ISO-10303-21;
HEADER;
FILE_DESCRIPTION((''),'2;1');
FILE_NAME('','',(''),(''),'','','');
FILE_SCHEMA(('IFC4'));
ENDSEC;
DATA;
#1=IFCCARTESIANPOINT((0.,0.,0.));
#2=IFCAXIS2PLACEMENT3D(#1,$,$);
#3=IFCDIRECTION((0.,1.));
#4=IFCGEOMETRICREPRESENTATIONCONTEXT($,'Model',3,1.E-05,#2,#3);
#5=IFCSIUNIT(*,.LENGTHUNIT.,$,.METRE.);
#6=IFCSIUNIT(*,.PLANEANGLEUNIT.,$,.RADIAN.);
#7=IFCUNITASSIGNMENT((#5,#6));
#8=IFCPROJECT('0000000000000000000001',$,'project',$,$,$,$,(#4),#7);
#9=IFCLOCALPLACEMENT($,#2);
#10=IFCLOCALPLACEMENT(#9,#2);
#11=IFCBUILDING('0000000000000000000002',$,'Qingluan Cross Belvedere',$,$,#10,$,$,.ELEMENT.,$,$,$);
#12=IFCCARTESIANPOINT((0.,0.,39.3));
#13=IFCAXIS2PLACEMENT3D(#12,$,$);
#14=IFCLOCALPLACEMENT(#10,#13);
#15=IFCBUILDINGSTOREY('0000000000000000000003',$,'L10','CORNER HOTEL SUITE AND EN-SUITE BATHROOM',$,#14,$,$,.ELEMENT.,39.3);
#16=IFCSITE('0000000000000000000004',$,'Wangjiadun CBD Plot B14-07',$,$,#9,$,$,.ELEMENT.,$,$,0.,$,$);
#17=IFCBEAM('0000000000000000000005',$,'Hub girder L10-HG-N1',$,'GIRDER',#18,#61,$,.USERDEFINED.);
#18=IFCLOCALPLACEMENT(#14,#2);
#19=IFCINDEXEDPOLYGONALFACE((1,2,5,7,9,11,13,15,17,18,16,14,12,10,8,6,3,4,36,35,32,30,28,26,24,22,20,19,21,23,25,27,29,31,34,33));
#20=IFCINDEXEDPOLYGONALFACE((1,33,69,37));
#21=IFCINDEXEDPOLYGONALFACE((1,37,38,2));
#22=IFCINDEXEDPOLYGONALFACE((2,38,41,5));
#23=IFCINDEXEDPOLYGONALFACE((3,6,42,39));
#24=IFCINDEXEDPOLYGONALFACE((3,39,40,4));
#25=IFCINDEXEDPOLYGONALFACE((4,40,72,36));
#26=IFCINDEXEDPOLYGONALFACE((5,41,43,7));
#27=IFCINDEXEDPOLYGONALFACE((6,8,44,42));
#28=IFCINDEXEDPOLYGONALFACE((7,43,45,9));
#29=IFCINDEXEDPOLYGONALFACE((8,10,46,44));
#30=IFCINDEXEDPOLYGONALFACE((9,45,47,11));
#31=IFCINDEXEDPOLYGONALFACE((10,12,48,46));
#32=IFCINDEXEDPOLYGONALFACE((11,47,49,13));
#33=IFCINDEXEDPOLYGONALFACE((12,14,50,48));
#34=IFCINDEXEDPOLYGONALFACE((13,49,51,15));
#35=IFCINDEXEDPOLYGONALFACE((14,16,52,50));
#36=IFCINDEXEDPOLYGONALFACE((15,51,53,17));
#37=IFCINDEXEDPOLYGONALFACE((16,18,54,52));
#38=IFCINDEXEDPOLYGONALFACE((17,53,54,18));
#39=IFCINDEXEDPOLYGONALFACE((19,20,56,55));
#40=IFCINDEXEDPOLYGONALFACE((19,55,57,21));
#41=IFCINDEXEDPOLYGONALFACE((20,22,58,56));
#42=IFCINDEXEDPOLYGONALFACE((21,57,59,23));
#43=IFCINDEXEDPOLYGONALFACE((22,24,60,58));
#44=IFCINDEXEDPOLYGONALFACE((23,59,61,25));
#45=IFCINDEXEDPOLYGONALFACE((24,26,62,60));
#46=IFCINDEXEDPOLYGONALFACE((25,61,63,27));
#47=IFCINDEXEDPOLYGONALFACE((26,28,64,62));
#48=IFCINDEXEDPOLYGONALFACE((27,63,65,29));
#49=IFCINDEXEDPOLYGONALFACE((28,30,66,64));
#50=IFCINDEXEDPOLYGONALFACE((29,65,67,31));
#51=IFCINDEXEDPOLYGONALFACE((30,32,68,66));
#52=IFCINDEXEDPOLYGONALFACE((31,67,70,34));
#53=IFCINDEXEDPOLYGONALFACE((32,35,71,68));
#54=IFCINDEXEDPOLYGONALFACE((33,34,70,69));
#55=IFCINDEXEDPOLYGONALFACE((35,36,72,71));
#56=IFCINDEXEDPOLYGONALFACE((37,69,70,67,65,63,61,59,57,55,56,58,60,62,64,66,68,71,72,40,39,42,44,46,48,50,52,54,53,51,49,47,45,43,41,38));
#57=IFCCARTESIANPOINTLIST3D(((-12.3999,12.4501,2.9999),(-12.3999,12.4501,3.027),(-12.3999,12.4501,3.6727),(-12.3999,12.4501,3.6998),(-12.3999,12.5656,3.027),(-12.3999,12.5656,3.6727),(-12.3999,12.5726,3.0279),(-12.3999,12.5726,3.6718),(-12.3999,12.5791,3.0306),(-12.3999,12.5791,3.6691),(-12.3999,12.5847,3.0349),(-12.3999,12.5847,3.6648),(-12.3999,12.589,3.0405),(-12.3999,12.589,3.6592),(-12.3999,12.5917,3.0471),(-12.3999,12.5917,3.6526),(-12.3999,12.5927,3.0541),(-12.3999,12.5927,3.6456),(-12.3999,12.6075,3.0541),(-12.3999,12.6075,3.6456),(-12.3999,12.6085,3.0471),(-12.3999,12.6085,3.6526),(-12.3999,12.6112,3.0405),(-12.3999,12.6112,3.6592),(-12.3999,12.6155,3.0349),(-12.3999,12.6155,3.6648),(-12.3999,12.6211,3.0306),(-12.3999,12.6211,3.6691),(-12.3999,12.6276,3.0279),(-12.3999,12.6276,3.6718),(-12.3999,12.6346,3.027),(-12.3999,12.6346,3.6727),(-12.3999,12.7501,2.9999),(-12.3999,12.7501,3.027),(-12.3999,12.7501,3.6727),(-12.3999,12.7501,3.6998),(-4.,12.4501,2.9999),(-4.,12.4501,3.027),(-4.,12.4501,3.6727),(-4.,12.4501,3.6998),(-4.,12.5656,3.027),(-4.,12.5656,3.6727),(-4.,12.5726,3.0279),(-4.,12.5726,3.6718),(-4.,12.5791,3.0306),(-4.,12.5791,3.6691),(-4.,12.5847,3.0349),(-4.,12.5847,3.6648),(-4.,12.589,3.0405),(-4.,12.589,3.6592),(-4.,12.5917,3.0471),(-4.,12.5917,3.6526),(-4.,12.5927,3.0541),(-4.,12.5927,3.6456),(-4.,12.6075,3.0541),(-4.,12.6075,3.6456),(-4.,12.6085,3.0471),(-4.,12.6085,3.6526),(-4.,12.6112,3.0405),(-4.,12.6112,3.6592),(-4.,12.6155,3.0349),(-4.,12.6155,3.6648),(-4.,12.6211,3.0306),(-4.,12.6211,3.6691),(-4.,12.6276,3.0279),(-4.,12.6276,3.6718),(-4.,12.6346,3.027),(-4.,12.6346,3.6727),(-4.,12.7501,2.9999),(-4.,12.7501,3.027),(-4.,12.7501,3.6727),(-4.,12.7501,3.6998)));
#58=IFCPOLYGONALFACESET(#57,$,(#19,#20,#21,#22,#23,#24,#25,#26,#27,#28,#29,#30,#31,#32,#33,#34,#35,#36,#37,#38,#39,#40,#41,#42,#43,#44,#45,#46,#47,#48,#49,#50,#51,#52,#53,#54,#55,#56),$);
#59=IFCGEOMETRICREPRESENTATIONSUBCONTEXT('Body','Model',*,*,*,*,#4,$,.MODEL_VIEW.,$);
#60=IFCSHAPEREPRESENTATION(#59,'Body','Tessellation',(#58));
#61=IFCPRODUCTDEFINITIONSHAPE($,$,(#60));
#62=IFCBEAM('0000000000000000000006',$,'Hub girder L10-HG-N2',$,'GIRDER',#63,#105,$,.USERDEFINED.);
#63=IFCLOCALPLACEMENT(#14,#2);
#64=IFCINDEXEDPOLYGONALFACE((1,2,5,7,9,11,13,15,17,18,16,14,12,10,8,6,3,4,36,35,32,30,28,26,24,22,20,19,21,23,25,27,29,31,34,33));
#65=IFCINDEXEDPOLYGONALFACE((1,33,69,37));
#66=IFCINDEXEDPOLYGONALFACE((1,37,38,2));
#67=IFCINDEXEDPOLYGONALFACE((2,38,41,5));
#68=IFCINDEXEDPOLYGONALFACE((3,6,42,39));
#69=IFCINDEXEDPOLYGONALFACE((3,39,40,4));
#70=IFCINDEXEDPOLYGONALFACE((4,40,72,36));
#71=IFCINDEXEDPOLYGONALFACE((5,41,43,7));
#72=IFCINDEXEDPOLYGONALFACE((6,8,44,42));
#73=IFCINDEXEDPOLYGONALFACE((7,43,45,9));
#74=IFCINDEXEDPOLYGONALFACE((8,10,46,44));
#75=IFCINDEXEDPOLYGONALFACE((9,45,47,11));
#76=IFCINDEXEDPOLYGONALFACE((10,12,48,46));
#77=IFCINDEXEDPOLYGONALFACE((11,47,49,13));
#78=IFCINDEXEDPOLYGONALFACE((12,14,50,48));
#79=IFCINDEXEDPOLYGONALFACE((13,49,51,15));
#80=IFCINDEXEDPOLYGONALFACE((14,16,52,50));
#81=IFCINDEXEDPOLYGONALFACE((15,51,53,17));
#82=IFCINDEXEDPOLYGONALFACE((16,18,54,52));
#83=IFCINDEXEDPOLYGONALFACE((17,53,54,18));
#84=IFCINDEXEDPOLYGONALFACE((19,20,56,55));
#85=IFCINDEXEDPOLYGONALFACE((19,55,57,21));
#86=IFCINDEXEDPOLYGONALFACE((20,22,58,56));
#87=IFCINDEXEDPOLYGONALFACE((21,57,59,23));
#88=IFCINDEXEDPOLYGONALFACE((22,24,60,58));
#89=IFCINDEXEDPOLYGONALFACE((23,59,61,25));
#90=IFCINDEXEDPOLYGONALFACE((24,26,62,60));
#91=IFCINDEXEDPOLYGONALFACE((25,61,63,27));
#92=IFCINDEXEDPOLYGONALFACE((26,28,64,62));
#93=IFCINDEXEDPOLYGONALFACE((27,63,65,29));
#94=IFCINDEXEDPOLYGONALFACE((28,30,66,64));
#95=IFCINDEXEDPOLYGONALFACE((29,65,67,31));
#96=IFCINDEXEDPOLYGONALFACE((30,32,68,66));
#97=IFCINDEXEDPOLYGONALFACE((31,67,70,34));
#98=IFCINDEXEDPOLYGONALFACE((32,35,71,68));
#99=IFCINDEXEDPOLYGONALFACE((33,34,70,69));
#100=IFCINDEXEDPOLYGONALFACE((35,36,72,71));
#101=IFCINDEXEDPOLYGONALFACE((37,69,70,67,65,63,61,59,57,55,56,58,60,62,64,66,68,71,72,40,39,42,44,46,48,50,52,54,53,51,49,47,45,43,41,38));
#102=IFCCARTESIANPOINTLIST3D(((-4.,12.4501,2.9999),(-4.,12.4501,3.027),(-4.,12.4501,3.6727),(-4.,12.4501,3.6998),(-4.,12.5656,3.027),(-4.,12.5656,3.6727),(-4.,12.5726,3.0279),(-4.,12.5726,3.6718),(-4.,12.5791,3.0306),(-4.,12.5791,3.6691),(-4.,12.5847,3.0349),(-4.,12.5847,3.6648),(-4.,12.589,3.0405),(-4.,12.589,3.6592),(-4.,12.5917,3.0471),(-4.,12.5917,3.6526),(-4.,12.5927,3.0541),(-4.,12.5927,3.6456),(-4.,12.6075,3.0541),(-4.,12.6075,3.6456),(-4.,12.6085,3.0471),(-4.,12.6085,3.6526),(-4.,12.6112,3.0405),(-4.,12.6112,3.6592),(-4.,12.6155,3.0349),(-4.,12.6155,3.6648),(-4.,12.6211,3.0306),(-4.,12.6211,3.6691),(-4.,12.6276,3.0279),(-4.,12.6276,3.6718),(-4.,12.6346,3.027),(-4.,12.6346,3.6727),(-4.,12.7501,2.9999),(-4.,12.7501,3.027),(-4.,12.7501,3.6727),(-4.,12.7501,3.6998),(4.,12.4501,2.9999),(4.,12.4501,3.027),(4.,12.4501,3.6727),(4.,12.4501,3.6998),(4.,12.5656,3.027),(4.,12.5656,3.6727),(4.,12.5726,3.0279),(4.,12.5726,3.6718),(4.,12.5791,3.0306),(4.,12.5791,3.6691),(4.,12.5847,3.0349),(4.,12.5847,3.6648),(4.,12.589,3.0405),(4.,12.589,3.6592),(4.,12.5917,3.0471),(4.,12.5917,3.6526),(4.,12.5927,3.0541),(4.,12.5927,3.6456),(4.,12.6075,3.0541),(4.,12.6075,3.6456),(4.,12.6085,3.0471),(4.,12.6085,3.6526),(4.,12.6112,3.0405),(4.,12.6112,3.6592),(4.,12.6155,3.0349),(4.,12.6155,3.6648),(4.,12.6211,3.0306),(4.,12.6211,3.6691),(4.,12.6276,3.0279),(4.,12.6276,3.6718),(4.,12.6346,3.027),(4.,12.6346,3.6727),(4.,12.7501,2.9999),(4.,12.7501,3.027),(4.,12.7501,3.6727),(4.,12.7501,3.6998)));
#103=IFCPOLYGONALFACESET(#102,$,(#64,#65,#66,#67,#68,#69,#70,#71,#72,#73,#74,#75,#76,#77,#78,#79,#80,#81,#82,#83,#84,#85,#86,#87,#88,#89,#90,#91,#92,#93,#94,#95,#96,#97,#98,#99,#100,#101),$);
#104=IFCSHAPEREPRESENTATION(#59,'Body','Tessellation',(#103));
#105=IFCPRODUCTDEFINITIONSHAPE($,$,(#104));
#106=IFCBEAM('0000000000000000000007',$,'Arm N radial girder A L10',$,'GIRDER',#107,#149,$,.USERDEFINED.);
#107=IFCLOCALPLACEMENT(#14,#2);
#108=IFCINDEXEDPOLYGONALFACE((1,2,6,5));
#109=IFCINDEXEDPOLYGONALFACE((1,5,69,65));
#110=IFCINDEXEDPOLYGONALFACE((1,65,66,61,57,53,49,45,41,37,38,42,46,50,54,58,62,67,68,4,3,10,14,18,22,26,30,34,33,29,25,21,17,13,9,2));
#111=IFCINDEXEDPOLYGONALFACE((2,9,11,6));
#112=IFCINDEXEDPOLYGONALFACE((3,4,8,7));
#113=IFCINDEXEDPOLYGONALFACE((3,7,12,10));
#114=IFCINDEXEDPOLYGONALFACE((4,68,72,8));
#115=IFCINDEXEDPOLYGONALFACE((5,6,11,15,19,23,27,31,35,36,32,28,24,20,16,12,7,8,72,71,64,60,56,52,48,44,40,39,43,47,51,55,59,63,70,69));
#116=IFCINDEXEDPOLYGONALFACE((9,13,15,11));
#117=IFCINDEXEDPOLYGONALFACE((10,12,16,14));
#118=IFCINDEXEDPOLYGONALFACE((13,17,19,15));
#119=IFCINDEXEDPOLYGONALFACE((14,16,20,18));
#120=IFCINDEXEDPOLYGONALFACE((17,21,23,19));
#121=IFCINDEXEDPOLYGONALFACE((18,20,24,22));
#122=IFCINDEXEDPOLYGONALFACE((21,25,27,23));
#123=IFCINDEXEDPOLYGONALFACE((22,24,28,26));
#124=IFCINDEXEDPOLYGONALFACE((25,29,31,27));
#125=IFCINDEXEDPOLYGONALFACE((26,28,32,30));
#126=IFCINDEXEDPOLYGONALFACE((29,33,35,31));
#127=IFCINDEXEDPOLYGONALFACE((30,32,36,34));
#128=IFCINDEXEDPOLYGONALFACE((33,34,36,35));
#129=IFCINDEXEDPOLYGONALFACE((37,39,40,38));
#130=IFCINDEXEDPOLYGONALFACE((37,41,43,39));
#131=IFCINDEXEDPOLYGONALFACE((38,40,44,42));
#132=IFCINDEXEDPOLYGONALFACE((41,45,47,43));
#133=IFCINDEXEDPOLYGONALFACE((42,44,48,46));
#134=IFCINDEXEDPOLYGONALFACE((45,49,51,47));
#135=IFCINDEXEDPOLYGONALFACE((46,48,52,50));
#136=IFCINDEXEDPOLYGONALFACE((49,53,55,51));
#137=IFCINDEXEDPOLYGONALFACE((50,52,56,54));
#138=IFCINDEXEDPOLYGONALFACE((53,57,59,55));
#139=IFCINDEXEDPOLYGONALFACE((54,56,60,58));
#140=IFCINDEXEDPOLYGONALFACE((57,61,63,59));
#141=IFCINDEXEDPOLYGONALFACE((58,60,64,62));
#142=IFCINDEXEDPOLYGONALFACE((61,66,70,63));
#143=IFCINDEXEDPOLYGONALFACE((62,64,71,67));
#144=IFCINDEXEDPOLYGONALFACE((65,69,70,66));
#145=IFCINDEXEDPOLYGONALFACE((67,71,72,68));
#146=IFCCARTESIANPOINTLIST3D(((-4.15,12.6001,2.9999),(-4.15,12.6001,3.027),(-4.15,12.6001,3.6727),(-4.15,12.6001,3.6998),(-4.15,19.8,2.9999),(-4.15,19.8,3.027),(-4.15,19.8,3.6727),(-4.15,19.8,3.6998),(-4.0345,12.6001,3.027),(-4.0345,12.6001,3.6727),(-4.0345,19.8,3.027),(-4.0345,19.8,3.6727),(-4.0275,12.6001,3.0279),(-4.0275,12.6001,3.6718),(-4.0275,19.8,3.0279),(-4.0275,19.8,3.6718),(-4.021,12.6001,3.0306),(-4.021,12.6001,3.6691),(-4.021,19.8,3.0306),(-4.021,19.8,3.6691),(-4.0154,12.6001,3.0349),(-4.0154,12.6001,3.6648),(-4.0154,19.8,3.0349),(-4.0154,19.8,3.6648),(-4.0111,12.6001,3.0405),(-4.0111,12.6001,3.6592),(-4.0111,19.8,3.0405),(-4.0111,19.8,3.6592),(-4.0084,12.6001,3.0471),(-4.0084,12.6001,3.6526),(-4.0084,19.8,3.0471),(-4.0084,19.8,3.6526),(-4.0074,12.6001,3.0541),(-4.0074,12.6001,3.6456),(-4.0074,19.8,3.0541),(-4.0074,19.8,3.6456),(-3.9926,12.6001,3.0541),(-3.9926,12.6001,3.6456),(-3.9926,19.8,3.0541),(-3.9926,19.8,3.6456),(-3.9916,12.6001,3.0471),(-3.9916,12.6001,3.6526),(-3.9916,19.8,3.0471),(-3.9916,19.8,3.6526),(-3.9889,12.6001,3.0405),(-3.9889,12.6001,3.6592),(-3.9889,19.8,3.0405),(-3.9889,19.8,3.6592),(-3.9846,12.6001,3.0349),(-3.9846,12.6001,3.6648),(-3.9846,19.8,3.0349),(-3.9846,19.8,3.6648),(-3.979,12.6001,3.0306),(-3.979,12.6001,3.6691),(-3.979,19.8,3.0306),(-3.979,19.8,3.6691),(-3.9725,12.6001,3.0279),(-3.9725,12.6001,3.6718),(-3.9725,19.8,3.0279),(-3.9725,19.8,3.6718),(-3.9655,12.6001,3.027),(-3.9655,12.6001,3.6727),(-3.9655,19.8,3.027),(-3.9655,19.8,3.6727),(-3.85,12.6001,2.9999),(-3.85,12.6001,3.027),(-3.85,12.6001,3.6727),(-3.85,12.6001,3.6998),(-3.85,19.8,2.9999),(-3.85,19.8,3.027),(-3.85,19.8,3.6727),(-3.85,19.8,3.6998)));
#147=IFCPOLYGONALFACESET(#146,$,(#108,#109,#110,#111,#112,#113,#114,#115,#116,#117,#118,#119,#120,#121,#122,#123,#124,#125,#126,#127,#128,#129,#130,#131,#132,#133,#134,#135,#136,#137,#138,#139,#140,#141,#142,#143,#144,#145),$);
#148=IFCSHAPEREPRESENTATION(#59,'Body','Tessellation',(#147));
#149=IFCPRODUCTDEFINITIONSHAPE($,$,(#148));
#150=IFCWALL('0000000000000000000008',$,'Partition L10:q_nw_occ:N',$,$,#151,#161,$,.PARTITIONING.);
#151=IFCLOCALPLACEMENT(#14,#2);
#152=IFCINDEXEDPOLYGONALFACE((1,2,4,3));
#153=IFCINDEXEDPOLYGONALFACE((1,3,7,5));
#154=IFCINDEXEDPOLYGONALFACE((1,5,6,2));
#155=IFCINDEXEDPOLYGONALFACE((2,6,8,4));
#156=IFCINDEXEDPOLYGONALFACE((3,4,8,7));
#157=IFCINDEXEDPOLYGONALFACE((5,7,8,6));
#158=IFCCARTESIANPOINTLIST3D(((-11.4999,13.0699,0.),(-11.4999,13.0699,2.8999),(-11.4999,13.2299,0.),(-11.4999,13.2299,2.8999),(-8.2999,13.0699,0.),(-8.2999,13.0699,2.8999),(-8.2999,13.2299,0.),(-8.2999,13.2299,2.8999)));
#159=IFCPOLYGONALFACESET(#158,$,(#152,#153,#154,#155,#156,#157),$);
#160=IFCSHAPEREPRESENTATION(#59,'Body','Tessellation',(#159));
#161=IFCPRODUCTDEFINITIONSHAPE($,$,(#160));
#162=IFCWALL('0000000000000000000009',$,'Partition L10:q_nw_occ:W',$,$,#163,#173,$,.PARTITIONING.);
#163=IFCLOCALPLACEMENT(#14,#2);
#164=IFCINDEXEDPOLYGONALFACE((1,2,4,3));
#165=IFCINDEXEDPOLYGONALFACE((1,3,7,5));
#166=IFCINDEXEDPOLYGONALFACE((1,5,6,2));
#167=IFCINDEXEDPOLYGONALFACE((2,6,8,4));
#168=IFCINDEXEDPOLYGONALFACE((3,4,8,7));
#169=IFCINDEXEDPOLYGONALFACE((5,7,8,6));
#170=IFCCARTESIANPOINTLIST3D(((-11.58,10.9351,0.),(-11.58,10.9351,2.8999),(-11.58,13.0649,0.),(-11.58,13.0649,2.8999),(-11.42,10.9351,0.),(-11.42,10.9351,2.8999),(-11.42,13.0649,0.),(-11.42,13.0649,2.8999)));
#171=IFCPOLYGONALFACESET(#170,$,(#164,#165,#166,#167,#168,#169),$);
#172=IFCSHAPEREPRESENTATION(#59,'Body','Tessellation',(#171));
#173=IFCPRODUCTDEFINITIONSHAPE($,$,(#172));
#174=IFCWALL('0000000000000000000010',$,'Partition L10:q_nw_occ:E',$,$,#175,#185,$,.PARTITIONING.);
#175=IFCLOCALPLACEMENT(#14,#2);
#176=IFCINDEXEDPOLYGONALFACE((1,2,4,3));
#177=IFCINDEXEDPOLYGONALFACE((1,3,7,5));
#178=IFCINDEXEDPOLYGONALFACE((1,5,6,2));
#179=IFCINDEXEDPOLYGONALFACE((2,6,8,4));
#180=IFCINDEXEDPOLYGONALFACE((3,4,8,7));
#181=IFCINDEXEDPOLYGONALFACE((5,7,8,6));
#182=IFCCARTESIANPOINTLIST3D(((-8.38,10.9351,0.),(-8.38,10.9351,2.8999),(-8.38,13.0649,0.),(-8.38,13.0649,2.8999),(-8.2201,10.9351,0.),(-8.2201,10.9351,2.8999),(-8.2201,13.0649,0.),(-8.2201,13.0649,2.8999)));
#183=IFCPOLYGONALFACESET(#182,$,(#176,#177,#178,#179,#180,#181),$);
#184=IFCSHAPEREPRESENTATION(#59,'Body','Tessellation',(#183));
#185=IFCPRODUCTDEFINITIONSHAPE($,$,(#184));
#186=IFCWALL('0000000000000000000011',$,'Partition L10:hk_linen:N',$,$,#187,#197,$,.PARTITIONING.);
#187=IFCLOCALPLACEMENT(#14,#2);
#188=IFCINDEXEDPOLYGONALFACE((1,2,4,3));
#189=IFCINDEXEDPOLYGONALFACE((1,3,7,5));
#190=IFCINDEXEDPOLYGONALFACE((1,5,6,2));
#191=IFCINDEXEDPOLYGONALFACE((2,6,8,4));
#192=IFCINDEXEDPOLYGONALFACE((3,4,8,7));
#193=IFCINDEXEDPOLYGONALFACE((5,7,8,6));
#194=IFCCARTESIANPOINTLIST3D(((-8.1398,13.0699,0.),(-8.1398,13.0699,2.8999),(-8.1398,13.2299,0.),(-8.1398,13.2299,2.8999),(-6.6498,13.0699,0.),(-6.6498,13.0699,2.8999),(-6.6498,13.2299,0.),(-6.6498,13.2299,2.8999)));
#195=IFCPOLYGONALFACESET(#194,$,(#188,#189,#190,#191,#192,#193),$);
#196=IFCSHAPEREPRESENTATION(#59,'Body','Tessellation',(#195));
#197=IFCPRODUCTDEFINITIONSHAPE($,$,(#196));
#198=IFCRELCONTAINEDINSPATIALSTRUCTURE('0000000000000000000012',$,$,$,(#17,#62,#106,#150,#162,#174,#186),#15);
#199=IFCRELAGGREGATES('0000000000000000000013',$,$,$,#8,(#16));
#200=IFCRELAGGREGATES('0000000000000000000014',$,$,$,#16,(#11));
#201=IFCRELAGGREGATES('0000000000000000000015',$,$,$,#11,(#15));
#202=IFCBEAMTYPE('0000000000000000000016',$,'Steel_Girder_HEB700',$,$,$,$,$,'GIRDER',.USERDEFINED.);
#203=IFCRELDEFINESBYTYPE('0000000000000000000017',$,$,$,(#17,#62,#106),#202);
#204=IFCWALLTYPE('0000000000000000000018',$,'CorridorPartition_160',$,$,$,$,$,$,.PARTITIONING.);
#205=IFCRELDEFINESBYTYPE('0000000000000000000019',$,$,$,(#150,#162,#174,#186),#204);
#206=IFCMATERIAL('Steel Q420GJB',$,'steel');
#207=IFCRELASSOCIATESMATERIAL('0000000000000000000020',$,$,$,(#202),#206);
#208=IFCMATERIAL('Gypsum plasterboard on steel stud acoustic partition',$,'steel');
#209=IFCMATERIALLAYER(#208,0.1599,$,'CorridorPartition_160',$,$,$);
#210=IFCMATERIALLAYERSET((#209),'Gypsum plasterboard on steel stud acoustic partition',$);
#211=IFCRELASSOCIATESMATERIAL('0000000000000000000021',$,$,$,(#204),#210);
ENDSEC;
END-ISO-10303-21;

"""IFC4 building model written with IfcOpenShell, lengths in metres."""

from ifc_helpers import new_model, si_unit, direction, frame, frame_2d, origin, origin_2d, place, context, subcontext, project, spatial, rectangle, i_section, extrude, material, layer, layer_set, material_profile, profile_set, type_object, element, save


model = new_model("IFC4")

# Units and contexts
model_context = context("Model", 3, precision=1e-05, world=origin(), true_north=direction((0.0, 1.0)))
body_context = subcontext(model_context, "Body", "Model", "MODEL_VIEW")
ifc_project = project(units=[si_unit("LENGTHUNIT", "METRE"), si_unit("PLANEANGLEUNIT", "RADIAN")], contexts=[model_context])

# Site, building, storey
site_placement = place(None, origin())
site = spatial("IfcSite", under=ifc_project, at=site_placement, Name="Wangjiadun CBD Plot B14-07", CompositionType="ELEMENT", RefElevation=0.0)
building_placement = place(site_placement, origin())
building = spatial("IfcBuilding", under=site, at=building_placement, Name="Qingluan Cross Belvedere", CompositionType="ELEMENT")
storey_placement = place(building_placement, frame((0.0, 0.0, 39.3)))
storey = spatial("IfcBuildingStorey", under=building, at=storey_placement, Name="L10", Description="CORNER HOTEL SUITE AND EN-SUITE BATHROOM", CompositionType="ELEMENT", Elevation=39.3)

# Beams
ifc_material_1 = material(Name="Steel Q420GJB", Category="steel")
ifc_material_profile_1 = material_profile(ifc_material_1, i_section(OverallWidth=0.3, OverallDepth=0.7, WebThickness=0.0149, FlangeThickness=0.0271, FilletRadius=0.0271, at=origin_2d()), Name="HEB700")
ifc_profile_set_1 = profile_set([ifc_material_profile_1], Name="Steel Q420GJB")
beam_type_1 = type_object("IfcBeamType", Name="Steel_Girder_HEB700", ElementType="GIRDER", PredefinedType="USERDEFINED", material=ifc_profile_set_1)
beam_1_placement = place(storey_placement, frame((-12.3999, 12.6001, 3.3499), z_axis=(1.0, 0.0, 0.0), x_axis=(0.0, 1.0, 0.0)))
element("IfcBeam", 1, at=beam_1_placement, inside=storey, type_object=beam_type_1, Name="Hub girder L10-HG-N1", ObjectType="GIRDER", PredefinedType="USERDEFINED", context=body_context, shape_type="SweptSolid", body=[
    extrude(i_section(OverallWidth=0.3, OverallDepth=0.7, WebThickness=0.0149, FlangeThickness=0.0271, FilletRadius=0.0271, at=origin_2d()), origin(), (0.0, 0.0, 1.0), 8.3999),
])
beam_2_placement = place(storey_placement, frame((-4.0, 12.6001, 3.3499), z_axis=(1.0, 0.0, 0.0), x_axis=(0.0, 1.0, 0.0)))
element("IfcBeam", 2, at=beam_2_placement, inside=storey, type_object=beam_type_1, Name="Hub girder L10-HG-N2", ObjectType="GIRDER", PredefinedType="USERDEFINED", context=body_context, shape_type="SweptSolid", body=[
    extrude(i_section(OverallWidth=0.3, OverallDepth=0.7, WebThickness=0.0149, FlangeThickness=0.0271, FilletRadius=0.0271, at=origin_2d()), origin(), (0.0, 0.0, 1.0), 8.0),
])
beam_3_placement = place(storey_placement, frame((-4.0, 12.6001, 3.3499), z_axis=(0.0, 1.0, 0.0), x_axis=(-1.0, 0.0, 0.0)))
element("IfcBeam", 3, at=beam_3_placement, inside=storey, type_object=beam_type_1, Name="Arm N radial girder A L10", ObjectType="GIRDER", PredefinedType="USERDEFINED", context=body_context, shape_type="SweptSolid", body=[
    extrude(i_section(OverallWidth=0.3, OverallDepth=0.7, WebThickness=0.0149, FlangeThickness=0.0271, FilletRadius=0.0271, at=origin_2d()), origin(), (0.0, 0.0, 1.0), 7.2),
])

# Walls
ifc_material_2 = material(Name="Gypsum plasterboard on steel stud acoustic partition", Category="steel")
ifc_layer_1 = layer(ifc_material_2, 0.1599, Name="CorridorPartition_160")
ifc_layer_set_1 = layer_set([ifc_layer_1], Name="Gypsum plasterboard on steel stud acoustic partition")
wall_type_1 = type_object("IfcWallType", Name="CorridorPartition_160", PredefinedType="PARTITIONING", material=ifc_layer_set_1)
wall_1_placement = place(storey_placement, frame((-11.5, 13.1499, 0.0), z_axis=(0.0, 0.0, 1.0), x_axis=(1.0, 0.0, 0.0)))
element("IfcWall", 4, at=wall_1_placement, inside=storey, type_object=wall_type_1, Name="Partition L10:q_nw_occ:N", PredefinedType="PARTITIONING", context=body_context, shape_type="SweptSolid", body=[
    extrude(rectangle(XDim=3.2, YDim=0.1599, at=frame_2d((1.6001, 0.0))), origin(), (0.0, 0.0, 1.0), 2.8999),
])
for number, where, z_axis, x_axis, name in (
    (5, (-11.5, 10.9351, 0.0), (0.0, 0.0, 1.0), (0.0, 1.0, 0.0), "Partition L10:q_nw_occ:W"),
    (6, (-8.3, 10.9351, 0.0), (0.0, 0.0, 1.0), (0.0, 1.0, 0.0), "Partition L10:q_nw_occ:E"),
):
    element("IfcWall", number, at=place(storey_placement, frame(where, z_axis=z_axis, x_axis=x_axis)), inside=storey, type_object=wall_type_1, Name=name, PredefinedType="PARTITIONING", context=body_context, shape_type="SweptSolid", body=[
        extrude(rectangle(XDim=2.1299, YDim=0.1599, at=frame_2d((1.0649, 0.0))), origin(), (0.0, 0.0, 1.0), 2.8999),
    ])
wall_2_placement = place(storey_placement, frame((-8.1399, 13.1499, 0.0), z_axis=(0.0, 0.0, 1.0), x_axis=(1.0, 0.0, 0.0)))
element("IfcWall", 7, at=wall_2_placement, inside=storey, type_object=wall_type_1, Name="Partition L10:hk_linen:N", PredefinedType="PARTITIONING", context=body_context, shape_type="SweptSolid", body=[
    extrude(rectangle(XDim=1.49, YDim=0.1599, at=frame_2d((0.7451, 0.0))), origin(), (0.0, 0.0, 1.0), 2.8999),
])

save(model, "model.ifc")
